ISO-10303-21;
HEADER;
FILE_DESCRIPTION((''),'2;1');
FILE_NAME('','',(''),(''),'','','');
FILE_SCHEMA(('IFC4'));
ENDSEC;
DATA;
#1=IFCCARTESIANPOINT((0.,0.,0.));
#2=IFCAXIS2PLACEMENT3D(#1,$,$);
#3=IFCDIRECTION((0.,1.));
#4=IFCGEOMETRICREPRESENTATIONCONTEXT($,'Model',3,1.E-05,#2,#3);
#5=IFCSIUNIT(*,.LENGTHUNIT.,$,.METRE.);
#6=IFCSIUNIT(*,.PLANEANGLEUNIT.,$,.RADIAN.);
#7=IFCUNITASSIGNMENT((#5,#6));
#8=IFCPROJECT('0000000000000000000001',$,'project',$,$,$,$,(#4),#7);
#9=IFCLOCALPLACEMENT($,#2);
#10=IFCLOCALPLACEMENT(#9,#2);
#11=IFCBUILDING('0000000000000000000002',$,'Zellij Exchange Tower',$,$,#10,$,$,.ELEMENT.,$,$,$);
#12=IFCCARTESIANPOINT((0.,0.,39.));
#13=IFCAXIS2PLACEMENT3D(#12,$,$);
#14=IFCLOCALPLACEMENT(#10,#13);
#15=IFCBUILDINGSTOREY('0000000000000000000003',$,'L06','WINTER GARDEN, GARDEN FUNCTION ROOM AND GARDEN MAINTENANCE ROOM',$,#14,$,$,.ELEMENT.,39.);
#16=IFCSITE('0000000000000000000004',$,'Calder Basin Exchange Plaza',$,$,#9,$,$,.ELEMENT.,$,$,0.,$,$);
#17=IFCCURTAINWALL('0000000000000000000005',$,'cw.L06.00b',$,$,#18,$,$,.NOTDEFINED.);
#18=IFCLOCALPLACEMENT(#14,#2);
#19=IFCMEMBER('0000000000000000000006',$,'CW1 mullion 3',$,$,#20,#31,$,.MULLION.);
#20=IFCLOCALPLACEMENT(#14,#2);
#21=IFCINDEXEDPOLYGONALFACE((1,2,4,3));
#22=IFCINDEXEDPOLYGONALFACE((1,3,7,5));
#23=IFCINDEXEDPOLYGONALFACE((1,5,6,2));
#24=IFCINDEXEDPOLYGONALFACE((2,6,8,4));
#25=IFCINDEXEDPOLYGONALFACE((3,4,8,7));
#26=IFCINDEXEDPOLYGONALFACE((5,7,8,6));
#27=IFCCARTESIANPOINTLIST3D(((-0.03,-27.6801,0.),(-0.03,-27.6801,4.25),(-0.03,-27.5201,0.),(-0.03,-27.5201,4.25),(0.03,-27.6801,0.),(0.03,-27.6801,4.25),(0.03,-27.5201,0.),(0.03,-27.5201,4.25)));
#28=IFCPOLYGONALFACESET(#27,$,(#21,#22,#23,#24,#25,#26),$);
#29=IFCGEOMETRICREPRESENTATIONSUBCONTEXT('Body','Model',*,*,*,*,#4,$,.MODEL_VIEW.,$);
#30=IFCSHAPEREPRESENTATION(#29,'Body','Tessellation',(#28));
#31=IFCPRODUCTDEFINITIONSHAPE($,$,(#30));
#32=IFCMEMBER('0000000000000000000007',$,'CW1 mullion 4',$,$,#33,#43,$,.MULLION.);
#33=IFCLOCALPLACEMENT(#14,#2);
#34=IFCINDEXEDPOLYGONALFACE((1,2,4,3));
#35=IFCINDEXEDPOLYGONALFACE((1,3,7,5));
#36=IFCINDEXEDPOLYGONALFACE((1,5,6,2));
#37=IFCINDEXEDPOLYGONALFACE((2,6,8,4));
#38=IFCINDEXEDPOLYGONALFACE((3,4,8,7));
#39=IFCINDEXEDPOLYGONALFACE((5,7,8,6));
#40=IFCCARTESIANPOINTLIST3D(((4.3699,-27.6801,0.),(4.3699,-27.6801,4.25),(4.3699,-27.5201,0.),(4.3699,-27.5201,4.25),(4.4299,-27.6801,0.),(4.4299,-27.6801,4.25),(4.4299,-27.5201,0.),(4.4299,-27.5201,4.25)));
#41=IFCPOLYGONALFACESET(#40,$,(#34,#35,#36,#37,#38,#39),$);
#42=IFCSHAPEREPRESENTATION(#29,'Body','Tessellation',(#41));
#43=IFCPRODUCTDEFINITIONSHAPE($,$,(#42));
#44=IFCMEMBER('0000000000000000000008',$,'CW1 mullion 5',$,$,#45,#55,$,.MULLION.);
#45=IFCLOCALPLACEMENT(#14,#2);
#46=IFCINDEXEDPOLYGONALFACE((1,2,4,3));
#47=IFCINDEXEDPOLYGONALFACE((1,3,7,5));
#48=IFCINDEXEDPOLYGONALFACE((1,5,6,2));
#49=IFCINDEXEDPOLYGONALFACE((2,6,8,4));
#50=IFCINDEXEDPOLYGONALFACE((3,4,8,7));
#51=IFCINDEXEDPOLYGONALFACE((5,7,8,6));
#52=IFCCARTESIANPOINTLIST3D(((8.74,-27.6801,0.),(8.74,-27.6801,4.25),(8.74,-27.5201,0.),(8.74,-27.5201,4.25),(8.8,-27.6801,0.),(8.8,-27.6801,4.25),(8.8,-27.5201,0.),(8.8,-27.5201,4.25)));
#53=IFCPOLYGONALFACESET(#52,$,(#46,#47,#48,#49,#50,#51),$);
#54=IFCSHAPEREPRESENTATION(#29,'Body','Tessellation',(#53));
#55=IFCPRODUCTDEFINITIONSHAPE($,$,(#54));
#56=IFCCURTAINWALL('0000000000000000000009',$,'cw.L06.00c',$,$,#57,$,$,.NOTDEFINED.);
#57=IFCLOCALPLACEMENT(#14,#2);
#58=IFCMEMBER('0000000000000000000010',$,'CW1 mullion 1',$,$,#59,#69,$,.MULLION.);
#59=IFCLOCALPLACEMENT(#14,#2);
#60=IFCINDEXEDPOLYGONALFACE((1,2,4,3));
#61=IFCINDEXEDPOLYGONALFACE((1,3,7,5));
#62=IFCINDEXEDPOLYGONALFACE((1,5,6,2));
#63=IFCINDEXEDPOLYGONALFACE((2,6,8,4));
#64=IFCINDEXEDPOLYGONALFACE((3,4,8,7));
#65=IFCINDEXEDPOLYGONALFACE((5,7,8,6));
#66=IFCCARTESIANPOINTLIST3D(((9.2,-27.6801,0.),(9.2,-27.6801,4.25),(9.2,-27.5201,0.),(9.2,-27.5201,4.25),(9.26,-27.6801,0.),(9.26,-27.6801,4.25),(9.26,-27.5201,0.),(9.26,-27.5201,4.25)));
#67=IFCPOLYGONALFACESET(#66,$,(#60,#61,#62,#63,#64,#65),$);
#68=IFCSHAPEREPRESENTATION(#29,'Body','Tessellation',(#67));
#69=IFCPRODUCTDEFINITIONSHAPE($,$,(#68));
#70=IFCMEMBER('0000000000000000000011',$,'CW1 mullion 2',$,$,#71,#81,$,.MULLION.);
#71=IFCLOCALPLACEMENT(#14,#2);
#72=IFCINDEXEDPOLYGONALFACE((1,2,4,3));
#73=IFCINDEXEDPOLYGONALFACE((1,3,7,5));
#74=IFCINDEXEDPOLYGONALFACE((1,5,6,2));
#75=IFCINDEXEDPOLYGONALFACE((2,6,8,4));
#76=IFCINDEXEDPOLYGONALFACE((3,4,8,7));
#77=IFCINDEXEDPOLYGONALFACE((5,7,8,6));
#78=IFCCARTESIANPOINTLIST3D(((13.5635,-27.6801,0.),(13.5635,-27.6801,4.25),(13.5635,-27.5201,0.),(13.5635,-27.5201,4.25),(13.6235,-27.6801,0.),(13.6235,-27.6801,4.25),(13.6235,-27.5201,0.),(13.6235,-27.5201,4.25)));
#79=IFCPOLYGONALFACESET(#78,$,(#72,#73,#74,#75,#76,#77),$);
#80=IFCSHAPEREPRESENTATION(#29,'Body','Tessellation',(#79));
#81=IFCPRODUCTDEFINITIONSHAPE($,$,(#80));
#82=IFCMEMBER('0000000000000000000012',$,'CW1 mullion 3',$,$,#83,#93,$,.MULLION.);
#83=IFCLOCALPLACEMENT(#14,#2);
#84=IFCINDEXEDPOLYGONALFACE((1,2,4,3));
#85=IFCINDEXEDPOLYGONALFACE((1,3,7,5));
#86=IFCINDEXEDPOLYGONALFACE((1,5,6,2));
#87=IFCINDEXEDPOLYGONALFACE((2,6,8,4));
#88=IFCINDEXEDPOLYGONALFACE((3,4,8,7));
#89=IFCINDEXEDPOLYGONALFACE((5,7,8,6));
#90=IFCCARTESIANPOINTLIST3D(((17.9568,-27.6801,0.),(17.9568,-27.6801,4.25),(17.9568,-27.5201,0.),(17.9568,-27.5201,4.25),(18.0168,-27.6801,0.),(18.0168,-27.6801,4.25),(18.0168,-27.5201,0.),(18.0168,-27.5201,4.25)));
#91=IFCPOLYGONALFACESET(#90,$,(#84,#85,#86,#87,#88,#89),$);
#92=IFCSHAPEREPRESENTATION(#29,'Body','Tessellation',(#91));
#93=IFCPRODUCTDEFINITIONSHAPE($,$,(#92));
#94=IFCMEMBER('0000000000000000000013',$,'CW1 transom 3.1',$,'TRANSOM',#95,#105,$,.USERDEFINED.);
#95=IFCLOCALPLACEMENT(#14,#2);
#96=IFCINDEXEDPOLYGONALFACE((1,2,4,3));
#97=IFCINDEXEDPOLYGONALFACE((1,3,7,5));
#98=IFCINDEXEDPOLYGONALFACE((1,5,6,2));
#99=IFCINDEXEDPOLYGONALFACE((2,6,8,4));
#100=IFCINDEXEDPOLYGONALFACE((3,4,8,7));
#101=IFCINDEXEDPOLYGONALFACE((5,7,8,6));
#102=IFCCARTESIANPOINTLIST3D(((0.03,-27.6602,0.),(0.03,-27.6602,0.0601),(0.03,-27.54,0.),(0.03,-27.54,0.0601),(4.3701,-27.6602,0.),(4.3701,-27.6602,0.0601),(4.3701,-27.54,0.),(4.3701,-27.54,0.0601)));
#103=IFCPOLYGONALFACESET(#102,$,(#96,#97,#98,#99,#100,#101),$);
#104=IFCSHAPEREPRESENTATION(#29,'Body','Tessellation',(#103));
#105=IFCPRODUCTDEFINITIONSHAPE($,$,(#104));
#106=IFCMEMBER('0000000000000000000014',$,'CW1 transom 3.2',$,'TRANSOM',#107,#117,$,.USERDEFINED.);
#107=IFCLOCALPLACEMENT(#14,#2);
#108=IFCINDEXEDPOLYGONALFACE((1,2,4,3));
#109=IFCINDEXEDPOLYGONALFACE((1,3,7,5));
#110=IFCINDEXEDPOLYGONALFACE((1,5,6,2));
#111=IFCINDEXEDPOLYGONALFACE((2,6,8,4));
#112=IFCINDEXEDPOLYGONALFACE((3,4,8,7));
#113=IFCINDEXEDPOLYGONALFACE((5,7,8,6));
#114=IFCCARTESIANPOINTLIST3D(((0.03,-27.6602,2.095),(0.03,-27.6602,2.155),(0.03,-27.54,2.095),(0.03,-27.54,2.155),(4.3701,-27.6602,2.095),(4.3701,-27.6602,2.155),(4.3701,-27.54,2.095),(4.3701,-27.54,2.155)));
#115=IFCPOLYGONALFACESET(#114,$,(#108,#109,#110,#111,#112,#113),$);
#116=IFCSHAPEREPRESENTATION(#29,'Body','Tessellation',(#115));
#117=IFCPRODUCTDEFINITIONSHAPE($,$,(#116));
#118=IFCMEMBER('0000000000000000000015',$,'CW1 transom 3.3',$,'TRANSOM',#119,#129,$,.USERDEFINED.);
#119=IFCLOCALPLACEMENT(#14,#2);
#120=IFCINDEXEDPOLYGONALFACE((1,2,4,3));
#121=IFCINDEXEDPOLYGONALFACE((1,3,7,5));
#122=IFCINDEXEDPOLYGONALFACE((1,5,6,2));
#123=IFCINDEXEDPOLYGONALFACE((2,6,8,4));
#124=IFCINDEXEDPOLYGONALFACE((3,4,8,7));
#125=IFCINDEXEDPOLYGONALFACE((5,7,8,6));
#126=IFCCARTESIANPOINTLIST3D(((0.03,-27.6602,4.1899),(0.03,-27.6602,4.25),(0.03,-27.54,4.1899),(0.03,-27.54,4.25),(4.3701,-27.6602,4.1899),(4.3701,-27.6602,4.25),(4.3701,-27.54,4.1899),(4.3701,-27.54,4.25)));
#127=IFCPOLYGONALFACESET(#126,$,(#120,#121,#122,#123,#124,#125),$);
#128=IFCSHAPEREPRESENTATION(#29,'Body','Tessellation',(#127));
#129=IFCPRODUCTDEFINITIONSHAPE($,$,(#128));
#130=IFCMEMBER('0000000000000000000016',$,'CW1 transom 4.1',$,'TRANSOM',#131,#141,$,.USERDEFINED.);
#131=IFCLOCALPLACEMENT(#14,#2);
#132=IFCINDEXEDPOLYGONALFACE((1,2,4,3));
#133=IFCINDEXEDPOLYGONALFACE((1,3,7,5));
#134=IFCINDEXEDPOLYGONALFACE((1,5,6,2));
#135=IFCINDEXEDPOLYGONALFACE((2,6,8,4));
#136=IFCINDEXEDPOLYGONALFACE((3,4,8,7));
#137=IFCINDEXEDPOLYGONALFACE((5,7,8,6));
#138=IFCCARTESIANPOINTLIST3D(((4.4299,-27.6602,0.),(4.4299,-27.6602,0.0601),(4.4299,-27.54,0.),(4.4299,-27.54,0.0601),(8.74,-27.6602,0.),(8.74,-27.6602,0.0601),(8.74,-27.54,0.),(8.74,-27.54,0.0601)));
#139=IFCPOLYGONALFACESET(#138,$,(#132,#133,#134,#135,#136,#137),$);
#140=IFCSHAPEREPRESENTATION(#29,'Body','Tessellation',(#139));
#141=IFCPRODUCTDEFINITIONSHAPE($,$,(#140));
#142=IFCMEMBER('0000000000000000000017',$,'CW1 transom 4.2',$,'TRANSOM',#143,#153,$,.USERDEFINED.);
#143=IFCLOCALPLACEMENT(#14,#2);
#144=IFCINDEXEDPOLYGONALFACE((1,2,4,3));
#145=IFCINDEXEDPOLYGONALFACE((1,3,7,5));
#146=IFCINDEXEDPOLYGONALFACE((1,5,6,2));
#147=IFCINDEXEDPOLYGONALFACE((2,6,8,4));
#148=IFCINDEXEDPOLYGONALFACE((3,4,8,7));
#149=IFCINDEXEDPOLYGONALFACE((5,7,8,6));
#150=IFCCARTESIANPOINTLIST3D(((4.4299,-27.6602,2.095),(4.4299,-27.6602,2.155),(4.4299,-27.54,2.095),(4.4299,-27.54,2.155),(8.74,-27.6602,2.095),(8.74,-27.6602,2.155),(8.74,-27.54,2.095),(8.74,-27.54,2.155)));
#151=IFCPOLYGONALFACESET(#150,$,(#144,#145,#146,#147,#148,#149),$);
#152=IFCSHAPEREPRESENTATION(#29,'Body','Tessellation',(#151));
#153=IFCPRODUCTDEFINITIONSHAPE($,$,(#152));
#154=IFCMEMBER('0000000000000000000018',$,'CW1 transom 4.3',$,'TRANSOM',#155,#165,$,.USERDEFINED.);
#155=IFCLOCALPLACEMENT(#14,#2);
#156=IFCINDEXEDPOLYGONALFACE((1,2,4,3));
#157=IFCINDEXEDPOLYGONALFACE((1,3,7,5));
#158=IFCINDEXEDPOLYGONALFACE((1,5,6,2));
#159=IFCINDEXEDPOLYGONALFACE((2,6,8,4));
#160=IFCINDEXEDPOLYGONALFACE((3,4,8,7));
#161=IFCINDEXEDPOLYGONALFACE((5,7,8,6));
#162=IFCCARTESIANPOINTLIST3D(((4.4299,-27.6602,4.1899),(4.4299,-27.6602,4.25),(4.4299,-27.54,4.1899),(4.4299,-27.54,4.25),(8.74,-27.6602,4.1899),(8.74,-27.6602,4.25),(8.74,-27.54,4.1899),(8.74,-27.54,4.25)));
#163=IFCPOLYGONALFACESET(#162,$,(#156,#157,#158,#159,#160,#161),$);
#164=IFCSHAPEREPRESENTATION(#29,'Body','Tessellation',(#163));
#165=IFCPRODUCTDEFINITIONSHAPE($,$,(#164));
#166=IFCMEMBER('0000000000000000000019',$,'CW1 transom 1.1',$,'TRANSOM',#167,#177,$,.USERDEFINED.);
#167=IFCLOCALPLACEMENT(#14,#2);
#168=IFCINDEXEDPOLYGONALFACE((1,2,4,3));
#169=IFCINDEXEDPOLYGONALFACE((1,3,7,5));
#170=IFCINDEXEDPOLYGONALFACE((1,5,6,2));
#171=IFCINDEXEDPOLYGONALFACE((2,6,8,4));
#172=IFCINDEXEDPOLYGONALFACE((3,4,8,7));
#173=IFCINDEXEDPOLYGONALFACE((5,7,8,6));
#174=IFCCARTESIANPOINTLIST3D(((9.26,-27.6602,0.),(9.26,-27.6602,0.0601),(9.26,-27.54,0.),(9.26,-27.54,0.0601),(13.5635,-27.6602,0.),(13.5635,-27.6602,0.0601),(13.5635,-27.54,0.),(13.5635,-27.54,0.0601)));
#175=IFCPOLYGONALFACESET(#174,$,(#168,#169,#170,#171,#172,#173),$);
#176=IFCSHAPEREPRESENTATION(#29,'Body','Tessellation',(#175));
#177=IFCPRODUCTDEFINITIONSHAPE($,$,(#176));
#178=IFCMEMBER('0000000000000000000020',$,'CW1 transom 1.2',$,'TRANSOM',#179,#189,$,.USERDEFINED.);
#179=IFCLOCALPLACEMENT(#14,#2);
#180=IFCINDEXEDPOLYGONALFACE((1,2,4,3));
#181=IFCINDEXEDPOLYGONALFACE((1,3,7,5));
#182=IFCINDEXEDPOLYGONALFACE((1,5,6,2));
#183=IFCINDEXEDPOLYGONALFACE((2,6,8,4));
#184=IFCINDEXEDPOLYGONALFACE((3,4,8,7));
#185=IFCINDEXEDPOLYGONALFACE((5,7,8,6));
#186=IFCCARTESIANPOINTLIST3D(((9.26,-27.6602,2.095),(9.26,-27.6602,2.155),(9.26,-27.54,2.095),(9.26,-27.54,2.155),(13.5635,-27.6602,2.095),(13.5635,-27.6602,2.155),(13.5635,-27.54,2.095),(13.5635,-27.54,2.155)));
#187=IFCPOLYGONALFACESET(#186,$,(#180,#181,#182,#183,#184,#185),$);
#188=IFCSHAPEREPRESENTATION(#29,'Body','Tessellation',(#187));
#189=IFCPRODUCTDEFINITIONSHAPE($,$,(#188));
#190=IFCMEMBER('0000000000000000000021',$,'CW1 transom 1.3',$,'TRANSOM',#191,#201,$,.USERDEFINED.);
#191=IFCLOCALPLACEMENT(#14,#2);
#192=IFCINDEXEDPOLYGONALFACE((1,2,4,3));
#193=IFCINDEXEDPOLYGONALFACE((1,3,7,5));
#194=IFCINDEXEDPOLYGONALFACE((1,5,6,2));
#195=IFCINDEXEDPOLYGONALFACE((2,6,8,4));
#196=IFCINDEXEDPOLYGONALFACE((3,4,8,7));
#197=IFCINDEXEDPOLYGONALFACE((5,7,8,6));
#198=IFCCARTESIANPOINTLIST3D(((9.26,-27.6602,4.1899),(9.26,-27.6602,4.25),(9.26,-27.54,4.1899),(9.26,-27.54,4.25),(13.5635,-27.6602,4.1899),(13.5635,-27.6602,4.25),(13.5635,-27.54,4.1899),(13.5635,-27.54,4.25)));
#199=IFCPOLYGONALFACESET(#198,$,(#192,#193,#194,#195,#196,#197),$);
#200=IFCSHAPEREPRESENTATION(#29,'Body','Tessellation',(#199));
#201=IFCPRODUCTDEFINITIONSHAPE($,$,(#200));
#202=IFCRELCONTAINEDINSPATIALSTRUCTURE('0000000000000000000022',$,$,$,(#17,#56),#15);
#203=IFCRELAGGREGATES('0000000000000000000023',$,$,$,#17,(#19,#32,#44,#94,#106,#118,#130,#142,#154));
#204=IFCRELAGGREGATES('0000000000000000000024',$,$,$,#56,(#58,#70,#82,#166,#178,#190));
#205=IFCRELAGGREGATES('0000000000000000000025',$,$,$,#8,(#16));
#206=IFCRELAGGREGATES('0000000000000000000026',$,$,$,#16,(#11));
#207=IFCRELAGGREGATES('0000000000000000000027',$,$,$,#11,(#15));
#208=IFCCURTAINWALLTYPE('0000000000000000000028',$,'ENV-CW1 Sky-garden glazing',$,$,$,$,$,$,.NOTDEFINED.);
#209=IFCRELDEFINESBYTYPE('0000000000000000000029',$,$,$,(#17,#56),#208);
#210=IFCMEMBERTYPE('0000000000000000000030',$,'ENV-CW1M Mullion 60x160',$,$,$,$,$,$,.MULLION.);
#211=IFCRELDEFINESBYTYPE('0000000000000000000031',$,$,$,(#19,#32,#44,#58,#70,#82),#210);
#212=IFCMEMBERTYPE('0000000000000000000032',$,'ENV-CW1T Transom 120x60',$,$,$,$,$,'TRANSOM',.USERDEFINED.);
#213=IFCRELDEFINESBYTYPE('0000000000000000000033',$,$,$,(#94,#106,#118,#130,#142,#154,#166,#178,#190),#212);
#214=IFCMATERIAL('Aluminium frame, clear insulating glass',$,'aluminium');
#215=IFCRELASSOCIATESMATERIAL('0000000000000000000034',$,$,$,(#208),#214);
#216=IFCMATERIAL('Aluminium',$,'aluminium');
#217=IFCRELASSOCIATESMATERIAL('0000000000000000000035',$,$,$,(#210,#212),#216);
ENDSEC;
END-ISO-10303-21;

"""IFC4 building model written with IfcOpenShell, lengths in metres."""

from ifc_helpers import new_model, si_unit, direction, frame, origin, origin_2d, place, context, subcontext, project, spatial, rectangle, extrude, material, material_profile, profile_set, type_object, element, aggregate, save


model = new_model("IFC4")

# Units and contexts
model_context = context("Model", 3, precision=1e-05, world=origin(), true_north=direction((0.0, 1.0)))
body_context = subcontext(model_context, "Body", "Model", "MODEL_VIEW")
ifc_project = project(units=[si_unit("LENGTHUNIT", "METRE"), si_unit("PLANEANGLEUNIT", "RADIAN")], contexts=[model_context])

# Site, building, storey
site_placement = place(None, origin())
site = spatial("IfcSite", under=ifc_project, at=site_placement, Name="Calder Basin Exchange Plaza", CompositionType="ELEMENT", RefElevation=0.0)
building_placement = place(site_placement, origin())
building = spatial("IfcBuilding", under=site, at=building_placement, Name="Zellij Exchange Tower", CompositionType="ELEMENT")
storey_placement = place(building_placement, frame((0.0, 0.0, 39.0)))
storey = spatial("IfcBuildingStorey", under=building, at=storey_placement, Name="L06", Description="WINTER GARDEN, GARDEN FUNCTION ROOM AND GARDEN MAINTENANCE ROOM", CompositionType="ELEMENT", Elevation=39.0)

# Curtain walls, members
ifc_material_1 = material(Name="Aluminium frame, clear insulating glass", Category="aluminium")
curtain_wall_type = type_object("IfcCurtainWallType", Name="ENV-CW1 Sky-garden glazing", PredefinedType="NOTDEFINED", material=ifc_material_1)
curtain_wall_1_placement = place(storey_placement, origin())
curtain_wall_1 = element("IfcCurtainWall", 1, at=curtain_wall_1_placement, inside=storey, type_object=curtain_wall_type, Name="cw.L06.00b", PredefinedType="NOTDEFINED")
ifc_material_2 = material(Name="Aluminium", Category="aluminium")
ifc_material_profile_1 = material_profile(ifc_material_2, rectangle(XDim=0.0601, YDim=0.1599, at=origin_2d()), Name="AL 60x160")
ifc_profile_set_1 = profile_set([ifc_material_profile_1], Name="Aluminium")
member_type_1 = type_object("IfcMemberType", Name="ENV-CW1M Mullion 60x160", PredefinedType="MULLION", material=ifc_profile_set_1)
member_1_placement = place(storey_placement, frame((0.0, -27.6001, 0.0), z_axis=(0.0, 0.0, 1.0), x_axis=(1.0, 0.0, 0.0)))
member_1 = element("IfcMember", 2, at=member_1_placement, type_object=member_type_1, Name="CW1 mullion 3", PredefinedType="MULLION", context=body_context, shape_type="SweptSolid", body=[
    extrude(rectangle(XDim=0.0601, YDim=0.1599, at=origin_2d()), origin(), (0.0, 0.0, 1.0), 4.25),
])
member_2_placement = place(storey_placement, frame((4.3999, -27.6001, 0.0), z_axis=(0.0, 0.0, 1.0), x_axis=(1.0, 0.0, 0.0)))
member_2 = element("IfcMember", 3, at=member_2_placement, type_object=member_type_1, Name="CW1 mullion 4", PredefinedType="MULLION", context=body_context, shape_type="SweptSolid", body=[
    extrude(rectangle(XDim=0.0601, YDim=0.1599, at=origin_2d()), origin(), (0.0, 0.0, 1.0), 4.25),
])
member_3_placement = place(storey_placement, frame((8.77, -27.6001, 0.0), z_axis=(0.0, 0.0, 1.0), x_axis=(1.0, 0.0, 0.0)))
member_3 = element("IfcMember", 4, at=member_3_placement, type_object=member_type_1, Name="CW1 mullion 5", PredefinedType="MULLION", context=body_context, shape_type="SweptSolid", body=[
    extrude(rectangle(XDim=0.0601, YDim=0.1599, at=origin_2d()), origin(), (0.0, 0.0, 1.0), 4.25),
])
curtain_wall_2_placement = place(storey_placement, origin())
curtain_wall_2 = element("IfcCurtainWall", 5, at=curtain_wall_2_placement, inside=storey, type_object=curtain_wall_type, Name="cw.L06.00c", PredefinedType="NOTDEFINED")
member_4_placement = place(storey_placement, frame((9.23, -27.6001, 0.0), z_axis=(0.0, 0.0, 1.0), x_axis=(1.0, 0.0, 0.0)))
member_4 = element("IfcMember", 6, at=member_4_placement, type_object=member_type_1, Name="CW1 mullion 1", PredefinedType="MULLION", context=body_context, shape_type="SweptSolid", body=[
    extrude(rectangle(XDim=0.0601, YDim=0.1599, at=origin_2d()), origin(), (0.0, 0.0, 1.0), 4.25),
])
member_5_placement = place(storey_placement, frame((13.5935, -27.6001, 0.0), z_axis=(0.0, 0.0, 1.0), x_axis=(1.0, 0.0, 0.0)))
member_5 = element("IfcMember", 7, at=member_5_placement, type_object=member_type_1, Name="CW1 mullion 2", PredefinedType="MULLION", context=body_context, shape_type="SweptSolid", body=[
    extrude(rectangle(XDim=0.0601, YDim=0.1599, at=origin_2d()), origin(), (0.0, 0.0, 1.0), 4.25),
])
member_6_placement = place(storey_placement, frame((17.9868, -27.6001, 0.0), z_axis=(0.0, 0.0, 1.0), x_axis=(1.0, 0.0, 0.0)))
member_6 = element("IfcMember", 8, at=member_6_placement, type_object=member_type_1, Name="CW1 mullion 3", PredefinedType="MULLION", context=body_context, shape_type="SweptSolid", body=[
    extrude(rectangle(XDim=0.0601, YDim=0.1599, at=origin_2d()), origin(), (0.0, 0.0, 1.0), 4.25),
])

# Members
ifc_material_profile_2 = material_profile(ifc_material_2, rectangle(XDim=0.1201, YDim=0.0601, at=origin_2d()), Name="AL 120x60")
ifc_profile_set_2 = profile_set([ifc_material_profile_2], Name="Aluminium")
member_type_2 = type_object("IfcMemberType", Name="ENV-CW1T Transom 120x60", ElementType="TRANSOM", PredefinedType="USERDEFINED", material=ifc_profile_set_2)
member_7_placement = place(storey_placement, frame((0.03, -27.6001, 0.03), z_axis=(1.0, 0.0, 0.0), x_axis=(0.0, 1.0, 0.0)))
member_7 = element("IfcMember", 9, at=member_7_placement, type_object=member_type_2, Name="CW1 transom 3.1", ObjectType="TRANSOM", PredefinedType="USERDEFINED", context=body_context, shape_type="SweptSolid", body=[
    extrude(rectangle(XDim=0.1201, YDim=0.0601, at=origin_2d()), origin(), (0.0, 0.0, 1.0), 4.3401),
])
member_8_placement = place(storey_placement, frame((0.03, -27.6001, 2.125), z_axis=(1.0, 0.0, 0.0), x_axis=(0.0, 1.0, 0.0)))
member_8 = element("IfcMember", 10, at=member_8_placement, type_object=member_type_2, Name="CW1 transom 3.2", ObjectType="TRANSOM", PredefinedType="USERDEFINED", context=body_context, shape_type="SweptSolid", body=[
    extrude(rectangle(XDim=0.1201, YDim=0.0601, at=origin_2d()), origin(), (0.0, 0.0, 1.0), 4.3401),
])
member_9_placement = place(storey_placement, frame((0.03, -27.6001, 4.22), z_axis=(1.0, 0.0, 0.0), x_axis=(0.0, 1.0, 0.0)))
member_9 = element("IfcMember", 11, at=member_9_placement, type_object=member_type_2, Name="CW1 transom 3.3", ObjectType="TRANSOM", PredefinedType="USERDEFINED", context=body_context, shape_type="SweptSolid", body=[
    extrude(rectangle(XDim=0.1201, YDim=0.0601, at=origin_2d()), origin(), (0.0, 0.0, 1.0), 4.3401),
])
member_10_placement = place(storey_placement, frame((4.4299, -27.6001, 0.03), z_axis=(1.0, 0.0, 0.0), x_axis=(0.0, 1.0, 0.0)))
member_10 = element("IfcMember", 12, at=member_10_placement, type_object=member_type_2, Name="CW1 transom 4.1", ObjectType="TRANSOM", PredefinedType="USERDEFINED", context=body_context, shape_type="SweptSolid", body=[
    extrude(rectangle(XDim=0.1201, YDim=0.0601, at=origin_2d()), origin(), (0.0, 0.0, 1.0), 4.3101),
])
member_11_placement = place(storey_placement, frame((4.4299, -27.6001, 2.125), z_axis=(1.0, 0.0, 0.0), x_axis=(0.0, 1.0, 0.0)))
member_11 = element("IfcMember", 13, at=member_11_placement, type_object=member_type_2, Name="CW1 transom 4.2", ObjectType="TRANSOM", PredefinedType="USERDEFINED", context=body_context, shape_type="SweptSolid", body=[
    extrude(rectangle(XDim=0.1201, YDim=0.0601, at=origin_2d()), origin(), (0.0, 0.0, 1.0), 4.3101),
])
member_12_placement = place(storey_placement, frame((4.4299, -27.6001, 4.22), z_axis=(1.0, 0.0, 0.0), x_axis=(0.0, 1.0, 0.0)))
member_12 = element("IfcMember", 14, at=member_12_placement, type_object=member_type_2, Name="CW1 transom 4.3", ObjectType="TRANSOM", PredefinedType="USERDEFINED", context=body_context, shape_type="SweptSolid", body=[
    extrude(rectangle(XDim=0.1201, YDim=0.0601, at=origin_2d()), origin(), (0.0, 0.0, 1.0), 4.3101),
])
member_13_placement = place(storey_placement, frame((9.26, -27.6001, 0.03), z_axis=(1.0, 0.0, 0.0), x_axis=(0.0, 1.0, 0.0)))
member_13 = element("IfcMember", 15, at=member_13_placement, type_object=member_type_2, Name="CW1 transom 1.1", ObjectType="TRANSOM", PredefinedType="USERDEFINED", context=body_context, shape_type="SweptSolid", body=[
    extrude(rectangle(XDim=0.1201, YDim=0.0601, at=origin_2d()), origin(), (0.0, 0.0, 1.0), 4.3035),
])
member_14_placement = place(storey_placement, frame((9.26, -27.6001, 2.125), z_axis=(1.0, 0.0, 0.0), x_axis=(0.0, 1.0, 0.0)))
member_14 = element("IfcMember", 16, at=member_14_placement, type_object=member_type_2, Name="CW1 transom 1.2", ObjectType="TRANSOM", PredefinedType="USERDEFINED", context=body_context, shape_type="SweptSolid", body=[
    extrude(rectangle(XDim=0.1201, YDim=0.0601, at=origin_2d()), origin(), (0.0, 0.0, 1.0), 4.3035),
])
member_15_placement = place(storey_placement, frame((9.26, -27.6001, 4.22), z_axis=(1.0, 0.0, 0.0), x_axis=(0.0, 1.0, 0.0)))
member_15 = element("IfcMember", 17, at=member_15_placement, type_object=member_type_2, Name="CW1 transom 1.3", ObjectType="TRANSOM", PredefinedType="USERDEFINED", context=body_context, shape_type="SweptSolid", body=[
    extrude(rectangle(XDim=0.1201, YDim=0.0601, at=origin_2d()), origin(), (0.0, 0.0, 1.0), 4.3035),
])

aggregate(curtain_wall_1, [member_1, member_2, member_3, member_7, member_8, member_9, member_10, member_11, member_12])
aggregate(curtain_wall_2, [member_4, member_5, member_6, member_13, member_14, member_15])

save(model, "model.ifc")
